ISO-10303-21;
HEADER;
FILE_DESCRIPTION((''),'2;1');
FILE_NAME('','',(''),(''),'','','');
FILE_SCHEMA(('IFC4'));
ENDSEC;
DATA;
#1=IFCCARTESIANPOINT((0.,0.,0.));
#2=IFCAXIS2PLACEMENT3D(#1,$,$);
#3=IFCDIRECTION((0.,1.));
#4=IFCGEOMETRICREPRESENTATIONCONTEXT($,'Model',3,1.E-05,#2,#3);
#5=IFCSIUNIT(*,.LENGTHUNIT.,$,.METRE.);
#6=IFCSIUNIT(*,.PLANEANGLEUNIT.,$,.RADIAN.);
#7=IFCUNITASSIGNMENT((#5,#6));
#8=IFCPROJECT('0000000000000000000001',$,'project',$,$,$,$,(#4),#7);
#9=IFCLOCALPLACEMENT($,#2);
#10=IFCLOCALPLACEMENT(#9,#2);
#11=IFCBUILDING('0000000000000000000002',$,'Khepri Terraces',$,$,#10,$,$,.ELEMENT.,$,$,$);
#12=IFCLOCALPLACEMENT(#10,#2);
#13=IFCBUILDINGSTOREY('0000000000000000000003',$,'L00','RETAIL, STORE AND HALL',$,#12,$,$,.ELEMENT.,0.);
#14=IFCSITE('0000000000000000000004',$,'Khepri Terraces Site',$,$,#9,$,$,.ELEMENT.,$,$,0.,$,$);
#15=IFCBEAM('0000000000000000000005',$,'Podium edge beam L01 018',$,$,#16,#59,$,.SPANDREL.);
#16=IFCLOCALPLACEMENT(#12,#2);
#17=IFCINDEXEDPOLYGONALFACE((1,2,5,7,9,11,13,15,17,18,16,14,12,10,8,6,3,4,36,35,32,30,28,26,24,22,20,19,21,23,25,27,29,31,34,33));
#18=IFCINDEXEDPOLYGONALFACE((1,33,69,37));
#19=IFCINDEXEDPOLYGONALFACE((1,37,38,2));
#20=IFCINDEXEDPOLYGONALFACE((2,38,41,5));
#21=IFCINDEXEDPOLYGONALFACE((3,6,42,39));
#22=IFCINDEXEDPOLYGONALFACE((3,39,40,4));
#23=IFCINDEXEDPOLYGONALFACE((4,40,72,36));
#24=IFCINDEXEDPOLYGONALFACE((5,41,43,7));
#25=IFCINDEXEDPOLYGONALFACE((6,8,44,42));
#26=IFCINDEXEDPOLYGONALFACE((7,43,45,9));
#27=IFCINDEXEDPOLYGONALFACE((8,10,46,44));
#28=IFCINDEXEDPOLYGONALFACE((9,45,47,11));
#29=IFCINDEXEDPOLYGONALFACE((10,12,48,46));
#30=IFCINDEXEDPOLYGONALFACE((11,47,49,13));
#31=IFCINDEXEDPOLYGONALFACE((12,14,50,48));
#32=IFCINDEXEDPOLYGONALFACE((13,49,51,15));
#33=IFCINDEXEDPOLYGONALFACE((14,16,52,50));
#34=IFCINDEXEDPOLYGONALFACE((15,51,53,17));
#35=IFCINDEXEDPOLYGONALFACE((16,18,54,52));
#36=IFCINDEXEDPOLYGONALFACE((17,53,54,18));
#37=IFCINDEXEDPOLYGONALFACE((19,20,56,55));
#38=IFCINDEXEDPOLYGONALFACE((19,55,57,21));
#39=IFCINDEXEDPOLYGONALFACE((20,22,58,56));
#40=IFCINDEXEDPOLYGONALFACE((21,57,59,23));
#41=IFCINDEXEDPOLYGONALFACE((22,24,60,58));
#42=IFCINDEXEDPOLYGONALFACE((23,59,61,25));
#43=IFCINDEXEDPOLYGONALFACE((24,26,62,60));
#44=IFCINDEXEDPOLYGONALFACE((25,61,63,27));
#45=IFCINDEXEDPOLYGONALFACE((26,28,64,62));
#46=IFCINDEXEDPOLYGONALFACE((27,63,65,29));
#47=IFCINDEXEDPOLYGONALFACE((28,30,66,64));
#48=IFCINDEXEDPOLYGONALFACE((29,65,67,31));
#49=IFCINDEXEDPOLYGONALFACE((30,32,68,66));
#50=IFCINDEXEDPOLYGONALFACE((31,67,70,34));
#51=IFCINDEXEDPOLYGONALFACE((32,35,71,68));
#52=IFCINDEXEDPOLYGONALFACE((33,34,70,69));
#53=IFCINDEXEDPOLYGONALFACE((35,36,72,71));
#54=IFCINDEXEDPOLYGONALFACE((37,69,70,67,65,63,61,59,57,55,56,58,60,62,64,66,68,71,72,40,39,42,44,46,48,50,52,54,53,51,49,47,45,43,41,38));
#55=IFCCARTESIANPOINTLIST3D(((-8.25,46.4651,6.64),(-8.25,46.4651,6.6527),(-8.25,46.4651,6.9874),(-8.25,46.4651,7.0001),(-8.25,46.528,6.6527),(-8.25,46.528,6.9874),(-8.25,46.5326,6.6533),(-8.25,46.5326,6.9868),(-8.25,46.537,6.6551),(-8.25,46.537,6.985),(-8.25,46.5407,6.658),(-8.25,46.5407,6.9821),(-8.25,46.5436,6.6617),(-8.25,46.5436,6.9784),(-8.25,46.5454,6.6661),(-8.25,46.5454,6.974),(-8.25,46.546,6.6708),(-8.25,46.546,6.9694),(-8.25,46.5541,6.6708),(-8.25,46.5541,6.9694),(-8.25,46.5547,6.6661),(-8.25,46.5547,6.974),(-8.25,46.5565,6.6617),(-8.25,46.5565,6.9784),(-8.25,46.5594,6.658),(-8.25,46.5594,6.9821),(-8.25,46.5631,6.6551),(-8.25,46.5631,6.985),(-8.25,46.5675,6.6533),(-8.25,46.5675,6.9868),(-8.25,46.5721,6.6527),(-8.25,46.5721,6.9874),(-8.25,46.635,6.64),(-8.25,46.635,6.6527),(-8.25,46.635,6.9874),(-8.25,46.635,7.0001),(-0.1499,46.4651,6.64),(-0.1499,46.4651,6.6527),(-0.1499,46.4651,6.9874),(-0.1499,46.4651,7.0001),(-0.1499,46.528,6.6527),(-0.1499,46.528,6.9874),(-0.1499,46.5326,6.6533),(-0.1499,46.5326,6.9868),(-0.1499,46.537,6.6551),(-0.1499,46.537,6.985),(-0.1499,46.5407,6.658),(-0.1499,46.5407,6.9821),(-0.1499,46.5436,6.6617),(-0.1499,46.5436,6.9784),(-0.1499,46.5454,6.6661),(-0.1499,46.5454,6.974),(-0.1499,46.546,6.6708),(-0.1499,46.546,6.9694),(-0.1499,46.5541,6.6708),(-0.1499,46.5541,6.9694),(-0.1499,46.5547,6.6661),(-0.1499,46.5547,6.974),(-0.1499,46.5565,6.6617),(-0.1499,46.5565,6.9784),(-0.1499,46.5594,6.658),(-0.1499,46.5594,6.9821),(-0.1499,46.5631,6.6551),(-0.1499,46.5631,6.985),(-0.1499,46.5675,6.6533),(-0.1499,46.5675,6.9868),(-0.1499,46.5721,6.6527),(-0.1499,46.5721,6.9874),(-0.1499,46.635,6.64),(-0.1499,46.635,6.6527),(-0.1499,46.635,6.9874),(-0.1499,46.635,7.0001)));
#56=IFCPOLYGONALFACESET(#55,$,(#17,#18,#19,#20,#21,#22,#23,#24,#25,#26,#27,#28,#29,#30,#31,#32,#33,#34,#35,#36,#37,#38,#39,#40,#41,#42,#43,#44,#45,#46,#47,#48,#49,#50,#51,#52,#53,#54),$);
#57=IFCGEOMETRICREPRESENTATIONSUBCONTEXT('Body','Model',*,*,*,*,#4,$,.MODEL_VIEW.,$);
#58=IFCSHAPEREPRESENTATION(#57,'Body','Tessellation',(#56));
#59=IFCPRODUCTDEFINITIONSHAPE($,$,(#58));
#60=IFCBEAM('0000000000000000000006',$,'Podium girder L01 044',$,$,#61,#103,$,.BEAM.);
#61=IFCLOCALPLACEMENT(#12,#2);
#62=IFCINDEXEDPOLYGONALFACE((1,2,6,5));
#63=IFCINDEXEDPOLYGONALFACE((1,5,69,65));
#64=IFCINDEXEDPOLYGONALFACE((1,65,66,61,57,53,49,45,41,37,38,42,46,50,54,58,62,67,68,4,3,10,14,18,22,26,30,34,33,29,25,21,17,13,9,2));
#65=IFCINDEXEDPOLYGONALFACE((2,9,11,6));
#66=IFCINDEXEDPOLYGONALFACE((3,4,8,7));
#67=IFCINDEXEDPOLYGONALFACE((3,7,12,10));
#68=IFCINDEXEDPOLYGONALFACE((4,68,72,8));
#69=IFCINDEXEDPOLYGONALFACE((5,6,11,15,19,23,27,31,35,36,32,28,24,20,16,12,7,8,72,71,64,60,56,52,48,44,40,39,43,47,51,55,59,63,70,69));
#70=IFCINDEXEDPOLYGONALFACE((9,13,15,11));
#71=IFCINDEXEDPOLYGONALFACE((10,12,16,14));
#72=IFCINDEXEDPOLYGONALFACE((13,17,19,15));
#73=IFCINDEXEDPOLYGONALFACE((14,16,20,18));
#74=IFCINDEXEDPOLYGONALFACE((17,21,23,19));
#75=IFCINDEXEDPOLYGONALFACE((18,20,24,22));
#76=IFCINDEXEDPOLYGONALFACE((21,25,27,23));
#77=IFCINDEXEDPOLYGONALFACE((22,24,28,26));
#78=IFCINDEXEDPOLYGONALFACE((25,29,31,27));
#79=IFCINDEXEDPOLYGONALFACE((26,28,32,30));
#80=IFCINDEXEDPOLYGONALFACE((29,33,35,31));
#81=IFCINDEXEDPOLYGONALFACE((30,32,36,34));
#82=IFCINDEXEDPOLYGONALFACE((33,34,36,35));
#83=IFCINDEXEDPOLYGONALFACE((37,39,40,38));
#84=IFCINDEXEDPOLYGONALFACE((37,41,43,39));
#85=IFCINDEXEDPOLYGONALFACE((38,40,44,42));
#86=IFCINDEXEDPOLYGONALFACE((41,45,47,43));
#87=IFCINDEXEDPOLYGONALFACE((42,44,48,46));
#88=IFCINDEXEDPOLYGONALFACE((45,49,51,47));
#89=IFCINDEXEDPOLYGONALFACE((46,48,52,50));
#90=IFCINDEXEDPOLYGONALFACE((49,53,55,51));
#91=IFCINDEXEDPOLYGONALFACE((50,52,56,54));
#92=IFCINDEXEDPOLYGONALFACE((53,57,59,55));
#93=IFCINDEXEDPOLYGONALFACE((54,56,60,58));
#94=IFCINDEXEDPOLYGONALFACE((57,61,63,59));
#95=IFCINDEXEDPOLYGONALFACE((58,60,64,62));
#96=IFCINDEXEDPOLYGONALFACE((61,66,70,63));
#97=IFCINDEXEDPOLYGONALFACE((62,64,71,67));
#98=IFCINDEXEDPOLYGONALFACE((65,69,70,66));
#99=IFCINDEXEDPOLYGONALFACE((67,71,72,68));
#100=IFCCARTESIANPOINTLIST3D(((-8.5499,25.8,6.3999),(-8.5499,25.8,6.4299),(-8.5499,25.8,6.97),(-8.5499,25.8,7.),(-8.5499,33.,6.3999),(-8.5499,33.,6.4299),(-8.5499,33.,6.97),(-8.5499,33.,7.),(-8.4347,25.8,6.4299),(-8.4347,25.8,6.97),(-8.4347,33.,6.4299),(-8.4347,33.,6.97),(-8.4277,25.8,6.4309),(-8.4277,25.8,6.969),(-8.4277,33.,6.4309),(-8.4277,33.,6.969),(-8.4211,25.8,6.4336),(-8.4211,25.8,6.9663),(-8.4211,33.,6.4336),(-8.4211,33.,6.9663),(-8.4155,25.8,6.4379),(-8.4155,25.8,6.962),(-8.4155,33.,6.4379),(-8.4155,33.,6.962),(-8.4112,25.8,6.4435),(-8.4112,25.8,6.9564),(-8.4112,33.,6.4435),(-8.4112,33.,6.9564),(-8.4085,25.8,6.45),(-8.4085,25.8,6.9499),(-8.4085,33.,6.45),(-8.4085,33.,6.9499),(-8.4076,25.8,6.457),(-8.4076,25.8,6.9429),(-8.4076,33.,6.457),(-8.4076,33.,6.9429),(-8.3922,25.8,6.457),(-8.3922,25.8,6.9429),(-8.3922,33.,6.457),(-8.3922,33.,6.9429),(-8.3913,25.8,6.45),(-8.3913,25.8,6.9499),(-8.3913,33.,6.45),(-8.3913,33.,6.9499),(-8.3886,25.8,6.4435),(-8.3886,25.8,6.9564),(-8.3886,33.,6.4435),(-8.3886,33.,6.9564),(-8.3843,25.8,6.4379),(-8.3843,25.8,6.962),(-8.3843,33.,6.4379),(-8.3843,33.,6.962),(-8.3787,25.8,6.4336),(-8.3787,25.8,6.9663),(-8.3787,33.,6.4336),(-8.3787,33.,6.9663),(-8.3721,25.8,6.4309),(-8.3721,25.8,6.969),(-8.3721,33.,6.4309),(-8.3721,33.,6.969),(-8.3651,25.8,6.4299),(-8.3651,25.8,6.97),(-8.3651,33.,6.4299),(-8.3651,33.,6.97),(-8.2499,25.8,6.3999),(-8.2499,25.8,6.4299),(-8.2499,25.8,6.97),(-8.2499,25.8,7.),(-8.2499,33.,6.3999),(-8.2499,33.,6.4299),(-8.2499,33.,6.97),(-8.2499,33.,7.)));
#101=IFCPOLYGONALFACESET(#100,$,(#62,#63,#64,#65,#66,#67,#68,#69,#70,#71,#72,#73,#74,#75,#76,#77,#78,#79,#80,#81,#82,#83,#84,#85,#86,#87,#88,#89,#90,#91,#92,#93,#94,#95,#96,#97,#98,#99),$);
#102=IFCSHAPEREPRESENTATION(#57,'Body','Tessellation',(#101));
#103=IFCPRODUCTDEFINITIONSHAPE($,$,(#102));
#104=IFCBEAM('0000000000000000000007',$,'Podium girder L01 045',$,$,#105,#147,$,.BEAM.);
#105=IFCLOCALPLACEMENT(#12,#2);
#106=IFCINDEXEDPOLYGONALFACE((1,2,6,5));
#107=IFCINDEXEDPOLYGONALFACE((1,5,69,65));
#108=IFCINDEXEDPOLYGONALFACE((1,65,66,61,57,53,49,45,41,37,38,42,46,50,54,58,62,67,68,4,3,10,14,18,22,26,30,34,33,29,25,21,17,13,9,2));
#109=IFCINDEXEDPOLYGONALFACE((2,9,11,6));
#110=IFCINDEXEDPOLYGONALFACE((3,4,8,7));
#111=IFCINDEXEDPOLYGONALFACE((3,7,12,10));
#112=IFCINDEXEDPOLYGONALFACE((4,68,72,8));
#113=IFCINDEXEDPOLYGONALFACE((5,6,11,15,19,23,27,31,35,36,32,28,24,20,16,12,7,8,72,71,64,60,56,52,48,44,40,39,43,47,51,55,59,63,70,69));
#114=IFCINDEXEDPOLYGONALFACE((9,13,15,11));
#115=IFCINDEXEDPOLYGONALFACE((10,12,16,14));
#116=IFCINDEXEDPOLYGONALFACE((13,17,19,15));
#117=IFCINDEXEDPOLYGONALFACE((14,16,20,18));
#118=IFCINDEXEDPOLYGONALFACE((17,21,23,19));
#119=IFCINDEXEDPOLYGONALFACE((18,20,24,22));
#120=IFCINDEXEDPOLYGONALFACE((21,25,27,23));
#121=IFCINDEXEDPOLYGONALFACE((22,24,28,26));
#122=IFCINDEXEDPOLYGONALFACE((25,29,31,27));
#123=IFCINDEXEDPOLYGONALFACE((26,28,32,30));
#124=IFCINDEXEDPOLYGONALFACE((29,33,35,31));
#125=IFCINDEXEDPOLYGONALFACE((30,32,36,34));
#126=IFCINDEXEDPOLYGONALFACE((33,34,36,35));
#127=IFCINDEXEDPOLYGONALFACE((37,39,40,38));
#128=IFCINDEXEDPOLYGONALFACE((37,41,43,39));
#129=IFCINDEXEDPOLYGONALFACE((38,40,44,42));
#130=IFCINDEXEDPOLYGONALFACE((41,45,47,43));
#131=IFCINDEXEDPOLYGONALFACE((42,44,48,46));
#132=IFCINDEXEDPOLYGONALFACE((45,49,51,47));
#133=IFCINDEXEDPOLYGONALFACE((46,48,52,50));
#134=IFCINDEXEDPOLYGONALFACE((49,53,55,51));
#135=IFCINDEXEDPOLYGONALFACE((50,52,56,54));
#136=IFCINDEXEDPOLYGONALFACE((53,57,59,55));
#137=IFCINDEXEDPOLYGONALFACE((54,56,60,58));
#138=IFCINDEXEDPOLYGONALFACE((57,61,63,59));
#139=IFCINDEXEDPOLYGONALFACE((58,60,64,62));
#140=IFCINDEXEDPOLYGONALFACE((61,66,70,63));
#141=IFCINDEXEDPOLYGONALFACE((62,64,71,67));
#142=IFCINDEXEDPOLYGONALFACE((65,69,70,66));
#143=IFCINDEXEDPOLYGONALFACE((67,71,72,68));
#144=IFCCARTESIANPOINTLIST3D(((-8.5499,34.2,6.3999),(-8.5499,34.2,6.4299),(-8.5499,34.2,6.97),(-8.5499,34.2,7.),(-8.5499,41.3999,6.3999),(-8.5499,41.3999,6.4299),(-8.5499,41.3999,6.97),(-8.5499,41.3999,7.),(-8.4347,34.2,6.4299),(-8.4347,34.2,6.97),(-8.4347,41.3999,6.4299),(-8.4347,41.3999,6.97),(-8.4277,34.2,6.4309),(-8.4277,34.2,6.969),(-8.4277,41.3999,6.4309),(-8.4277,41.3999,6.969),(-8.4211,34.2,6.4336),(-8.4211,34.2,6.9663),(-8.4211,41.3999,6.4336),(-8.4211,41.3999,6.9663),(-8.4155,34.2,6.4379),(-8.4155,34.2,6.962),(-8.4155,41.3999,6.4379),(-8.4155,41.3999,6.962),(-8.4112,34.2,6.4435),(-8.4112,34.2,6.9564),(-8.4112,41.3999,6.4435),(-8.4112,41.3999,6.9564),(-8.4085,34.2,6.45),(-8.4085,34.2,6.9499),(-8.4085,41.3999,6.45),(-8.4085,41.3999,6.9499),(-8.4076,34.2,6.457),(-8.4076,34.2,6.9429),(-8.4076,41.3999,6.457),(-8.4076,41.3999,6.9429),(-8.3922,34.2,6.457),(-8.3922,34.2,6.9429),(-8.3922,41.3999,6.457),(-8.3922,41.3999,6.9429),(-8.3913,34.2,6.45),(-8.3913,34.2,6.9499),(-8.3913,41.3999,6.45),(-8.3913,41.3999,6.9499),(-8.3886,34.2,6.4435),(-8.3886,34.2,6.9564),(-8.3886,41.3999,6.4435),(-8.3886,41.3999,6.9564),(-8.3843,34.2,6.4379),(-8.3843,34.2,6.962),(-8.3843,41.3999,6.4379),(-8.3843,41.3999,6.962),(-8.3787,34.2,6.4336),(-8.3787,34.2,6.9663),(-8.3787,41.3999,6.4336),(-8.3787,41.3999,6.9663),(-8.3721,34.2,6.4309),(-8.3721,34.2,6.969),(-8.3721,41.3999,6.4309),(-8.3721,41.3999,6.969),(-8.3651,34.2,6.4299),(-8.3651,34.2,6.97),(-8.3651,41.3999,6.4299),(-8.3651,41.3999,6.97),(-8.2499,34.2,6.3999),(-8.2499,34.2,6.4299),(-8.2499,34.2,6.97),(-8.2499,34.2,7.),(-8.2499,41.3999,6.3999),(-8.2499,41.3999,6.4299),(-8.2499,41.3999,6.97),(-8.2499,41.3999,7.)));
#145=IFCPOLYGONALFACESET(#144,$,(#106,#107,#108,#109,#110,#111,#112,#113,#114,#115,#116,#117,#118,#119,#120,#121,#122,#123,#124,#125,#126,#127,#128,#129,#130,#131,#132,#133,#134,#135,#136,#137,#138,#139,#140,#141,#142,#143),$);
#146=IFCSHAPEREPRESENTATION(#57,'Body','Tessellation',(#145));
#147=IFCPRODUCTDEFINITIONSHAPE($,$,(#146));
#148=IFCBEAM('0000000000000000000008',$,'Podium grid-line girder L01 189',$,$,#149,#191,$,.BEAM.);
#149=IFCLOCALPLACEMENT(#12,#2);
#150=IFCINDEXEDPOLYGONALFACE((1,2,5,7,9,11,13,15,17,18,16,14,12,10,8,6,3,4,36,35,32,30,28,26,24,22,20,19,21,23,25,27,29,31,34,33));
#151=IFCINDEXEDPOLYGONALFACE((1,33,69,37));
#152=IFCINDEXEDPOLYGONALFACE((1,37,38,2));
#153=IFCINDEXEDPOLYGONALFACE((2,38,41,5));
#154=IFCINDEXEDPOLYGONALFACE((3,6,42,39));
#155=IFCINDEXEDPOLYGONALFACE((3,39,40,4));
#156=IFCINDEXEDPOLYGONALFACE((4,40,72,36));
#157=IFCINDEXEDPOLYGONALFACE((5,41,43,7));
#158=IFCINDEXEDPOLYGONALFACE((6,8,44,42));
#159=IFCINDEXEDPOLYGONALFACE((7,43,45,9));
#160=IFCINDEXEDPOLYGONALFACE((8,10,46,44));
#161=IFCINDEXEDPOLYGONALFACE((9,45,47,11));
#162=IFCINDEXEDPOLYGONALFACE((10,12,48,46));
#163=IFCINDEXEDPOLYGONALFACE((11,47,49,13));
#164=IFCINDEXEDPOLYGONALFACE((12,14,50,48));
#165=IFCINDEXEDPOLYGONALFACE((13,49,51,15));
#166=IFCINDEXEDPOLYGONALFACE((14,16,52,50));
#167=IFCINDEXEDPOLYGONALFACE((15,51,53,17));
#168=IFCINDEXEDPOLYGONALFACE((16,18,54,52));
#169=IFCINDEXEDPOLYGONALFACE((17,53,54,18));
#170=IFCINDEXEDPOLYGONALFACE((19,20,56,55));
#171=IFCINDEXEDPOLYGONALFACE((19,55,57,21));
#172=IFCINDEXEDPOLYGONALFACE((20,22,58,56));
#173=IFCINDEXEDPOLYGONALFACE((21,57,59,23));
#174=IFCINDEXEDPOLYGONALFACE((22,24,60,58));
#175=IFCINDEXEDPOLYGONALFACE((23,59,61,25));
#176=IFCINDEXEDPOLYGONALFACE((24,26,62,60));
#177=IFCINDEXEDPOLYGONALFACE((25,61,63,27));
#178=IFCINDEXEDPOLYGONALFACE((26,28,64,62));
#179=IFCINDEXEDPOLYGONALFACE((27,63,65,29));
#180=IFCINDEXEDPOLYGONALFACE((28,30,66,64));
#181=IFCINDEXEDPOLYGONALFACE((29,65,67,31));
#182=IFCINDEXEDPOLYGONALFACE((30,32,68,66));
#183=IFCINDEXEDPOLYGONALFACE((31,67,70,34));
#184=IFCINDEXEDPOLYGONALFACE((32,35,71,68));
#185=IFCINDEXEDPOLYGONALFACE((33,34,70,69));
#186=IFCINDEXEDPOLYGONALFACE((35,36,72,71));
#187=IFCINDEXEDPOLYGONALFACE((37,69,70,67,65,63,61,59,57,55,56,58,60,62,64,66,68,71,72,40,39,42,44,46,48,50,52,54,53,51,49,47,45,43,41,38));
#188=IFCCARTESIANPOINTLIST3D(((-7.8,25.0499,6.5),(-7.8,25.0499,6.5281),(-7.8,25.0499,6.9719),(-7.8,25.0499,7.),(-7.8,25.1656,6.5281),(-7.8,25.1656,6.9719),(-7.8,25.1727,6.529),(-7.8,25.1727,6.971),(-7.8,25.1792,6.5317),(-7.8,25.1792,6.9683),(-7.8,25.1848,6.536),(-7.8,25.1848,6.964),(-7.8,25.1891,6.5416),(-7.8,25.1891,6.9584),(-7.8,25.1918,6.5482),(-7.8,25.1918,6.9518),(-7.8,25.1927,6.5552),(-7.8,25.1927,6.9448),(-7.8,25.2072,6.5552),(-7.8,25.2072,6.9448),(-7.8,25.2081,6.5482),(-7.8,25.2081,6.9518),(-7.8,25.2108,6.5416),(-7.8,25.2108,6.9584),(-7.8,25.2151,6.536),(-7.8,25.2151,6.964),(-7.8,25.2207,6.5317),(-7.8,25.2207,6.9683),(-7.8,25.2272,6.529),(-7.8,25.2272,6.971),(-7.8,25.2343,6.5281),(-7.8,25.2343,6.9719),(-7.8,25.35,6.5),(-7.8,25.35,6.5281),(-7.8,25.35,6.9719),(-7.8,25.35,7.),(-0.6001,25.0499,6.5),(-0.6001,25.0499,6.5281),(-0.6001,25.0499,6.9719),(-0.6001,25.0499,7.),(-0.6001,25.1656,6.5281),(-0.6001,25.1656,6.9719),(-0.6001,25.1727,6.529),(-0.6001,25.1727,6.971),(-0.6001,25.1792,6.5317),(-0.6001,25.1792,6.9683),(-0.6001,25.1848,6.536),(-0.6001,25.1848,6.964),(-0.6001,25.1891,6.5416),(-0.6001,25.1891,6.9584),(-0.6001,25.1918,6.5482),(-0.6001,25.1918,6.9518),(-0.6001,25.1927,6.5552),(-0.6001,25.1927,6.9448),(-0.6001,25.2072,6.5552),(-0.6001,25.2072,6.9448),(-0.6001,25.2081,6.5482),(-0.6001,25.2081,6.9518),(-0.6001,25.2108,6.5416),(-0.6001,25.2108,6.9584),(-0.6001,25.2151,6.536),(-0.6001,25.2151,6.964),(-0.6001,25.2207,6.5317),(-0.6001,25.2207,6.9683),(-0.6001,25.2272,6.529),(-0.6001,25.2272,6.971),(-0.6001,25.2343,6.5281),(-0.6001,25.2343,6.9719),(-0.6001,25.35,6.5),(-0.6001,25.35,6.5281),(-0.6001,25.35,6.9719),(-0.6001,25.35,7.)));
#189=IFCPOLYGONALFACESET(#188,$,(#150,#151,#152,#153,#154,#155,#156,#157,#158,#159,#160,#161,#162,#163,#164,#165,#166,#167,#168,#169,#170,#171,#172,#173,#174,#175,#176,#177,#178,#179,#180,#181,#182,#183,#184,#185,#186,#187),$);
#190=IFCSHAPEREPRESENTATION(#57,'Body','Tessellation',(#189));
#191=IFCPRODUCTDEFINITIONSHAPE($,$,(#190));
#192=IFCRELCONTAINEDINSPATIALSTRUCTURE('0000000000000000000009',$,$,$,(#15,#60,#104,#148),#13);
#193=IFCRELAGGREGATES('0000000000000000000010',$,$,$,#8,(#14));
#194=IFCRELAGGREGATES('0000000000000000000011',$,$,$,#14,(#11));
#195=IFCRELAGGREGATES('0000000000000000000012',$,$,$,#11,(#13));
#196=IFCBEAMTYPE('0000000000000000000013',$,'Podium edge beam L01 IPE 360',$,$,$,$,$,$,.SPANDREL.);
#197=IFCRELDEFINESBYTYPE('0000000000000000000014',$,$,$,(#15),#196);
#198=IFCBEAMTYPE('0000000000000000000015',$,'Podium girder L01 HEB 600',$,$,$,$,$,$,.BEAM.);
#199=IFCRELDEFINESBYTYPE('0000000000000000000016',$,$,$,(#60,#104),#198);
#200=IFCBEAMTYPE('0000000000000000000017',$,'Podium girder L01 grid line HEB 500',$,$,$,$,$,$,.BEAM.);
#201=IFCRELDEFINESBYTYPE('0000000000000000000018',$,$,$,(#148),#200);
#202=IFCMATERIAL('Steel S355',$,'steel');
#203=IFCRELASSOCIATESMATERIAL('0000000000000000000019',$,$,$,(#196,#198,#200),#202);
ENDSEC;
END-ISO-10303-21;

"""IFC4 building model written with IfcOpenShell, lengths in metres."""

from ifc_helpers import new_model, si_unit, direction, frame, origin, origin_2d, place, context, subcontext, project, spatial, i_section, extrude, material, material_profile, profile_set, type_object, element, save


model = new_model("IFC4")

# Units and contexts
model_context = context("Model", 3, precision=1e-05, world=origin(), true_north=direction((0.0, 1.0)))
body_context = subcontext(model_context, "Body", "Model", "MODEL_VIEW")
ifc_project = project(units=[si_unit("LENGTHUNIT", "METRE"), si_unit("PLANEANGLEUNIT", "RADIAN")], contexts=[model_context])

# Site, building, storey
site_placement = place(None, origin())
site = spatial("IfcSite", under=ifc_project, at=site_placement, Name="Khepri Terraces Site", CompositionType="ELEMENT", RefElevation=0.0)
building_placement = place(site_placement, origin())
building = spatial("IfcBuilding", under=site, at=building_placement, Name="Khepri Terraces", CompositionType="ELEMENT")
storey_placement = place(building_placement, origin())
storey = spatial("IfcBuildingStorey", under=building, at=storey_placement, Name="L00", Description="RETAIL, STORE AND HALL", CompositionType="ELEMENT", Elevation=0.0)

# Beams
ifc_material_1 = material(Name="Steel S355", Category="steel")
ifc_material_profile_1 = material_profile(ifc_material_1, i_section(OverallWidth=0.1699, OverallDepth=0.3601, WebThickness=0.0081, FlangeThickness=0.0127, FilletRadius=0.0181, at=origin_2d()), Name="Steel S355", Category="steel")
ifc_profile_set_1 = profile_set([ifc_material_profile_1], Name="Steel S355")
beam_type_1 = type_object("IfcBeamType", Name="Podium edge beam L01 IPE 360", PredefinedType="SPANDREL", material=ifc_profile_set_1)
beam_1_placement = place(storey_placement, frame((-8.25, 46.55, 6.8201), z_axis=(1.0, 0.0, 0.0), x_axis=(0.0, 1.0, 0.0)))
element("IfcBeam", 1, at=beam_1_placement, inside=storey, type_object=beam_type_1, Name="Podium edge beam L01 018", PredefinedType="SPANDREL", context=body_context, shape_type="SweptSolid", body=[
    extrude(i_section(OverallWidth=0.1699, OverallDepth=0.3601, WebThickness=0.0081, FlangeThickness=0.0127, FilletRadius=0.0181, at=origin_2d()), origin(), (0.0, 0.0, 1.0), 8.1001),
])
ifc_material_profile_2 = material_profile(ifc_material_1, i_section(OverallWidth=0.3, OverallDepth=0.6001, WebThickness=0.0154, FlangeThickness=0.03, FilletRadius=0.0271, at=origin_2d()), Name="Steel S355", Category="steel")
ifc_profile_set_2 = profile_set([ifc_material_profile_2], Name="Steel S355")
beam_type_2 = type_object("IfcBeamType", Name="Podium girder L01 HEB 600", PredefinedType="BEAM", material=ifc_profile_set_2)
for number, where, z_axis, x_axis, name in (
    (2, (-8.3999, 25.8, 6.7), (0.0, 1.0, 0.0), (-1.0, 0.0, 0.0), "Podium girder L01 044"),
    (3, (-8.3999, 34.2, 6.7), (0.0, 1.0, 0.0), (-1.0, 0.0, 0.0), "Podium girder L01 045"),
):
    element("IfcBeam", number, at=place(storey_placement, frame(where, z_axis=z_axis, x_axis=x_axis)), inside=storey, type_object=beam_type_2, Name=name, PredefinedType="BEAM", context=body_context, shape_type="SweptSolid", body=[
        extrude(i_section(OverallWidth=0.3, OverallDepth=0.6001, WebThickness=0.0154, FlangeThickness=0.03, FilletRadius=0.0271, at=origin_2d()), origin(), (0.0, 0.0, 1.0), 7.2),
    ])
ifc_material_profile_3 = material_profile(ifc_material_1, i_section(OverallWidth=0.3, OverallDepth=0.5, WebThickness=0.0144, FlangeThickness=0.0281, FilletRadius=0.0271, at=origin_2d()), Name="Steel S355", Category="steel")
ifc_profile_set_3 = profile_set([ifc_material_profile_3], Name="Steel S355")
beam_type_3 = type_object("IfcBeamType", Name="Podium girder L01 grid line HEB 500", PredefinedType="BEAM", material=ifc_profile_set_3)
for number, where, z_axis, x_axis, name in (
    (4, (-7.8, 25.2, 6.75), (1.0, 0.0, 0.0), (0.0, 1.0, 0.0), "Podium grid-line girder L01 189"),
):
    element("IfcBeam", number, at=place(storey_placement, frame(where, z_axis=z_axis, x_axis=x_axis)), inside=storey, type_object=beam_type_3, Name=name, PredefinedType="BEAM", context=body_context, shape_type="SweptSolid", body=[
        extrude(i_section(OverallWidth=0.3, OverallDepth=0.5, WebThickness=0.0144, FlangeThickness=0.0281, FilletRadius=0.0271, at=origin_2d()), origin(), (0.0, 0.0, 1.0), 7.2),
    ])

save(model, "model.ifc")
